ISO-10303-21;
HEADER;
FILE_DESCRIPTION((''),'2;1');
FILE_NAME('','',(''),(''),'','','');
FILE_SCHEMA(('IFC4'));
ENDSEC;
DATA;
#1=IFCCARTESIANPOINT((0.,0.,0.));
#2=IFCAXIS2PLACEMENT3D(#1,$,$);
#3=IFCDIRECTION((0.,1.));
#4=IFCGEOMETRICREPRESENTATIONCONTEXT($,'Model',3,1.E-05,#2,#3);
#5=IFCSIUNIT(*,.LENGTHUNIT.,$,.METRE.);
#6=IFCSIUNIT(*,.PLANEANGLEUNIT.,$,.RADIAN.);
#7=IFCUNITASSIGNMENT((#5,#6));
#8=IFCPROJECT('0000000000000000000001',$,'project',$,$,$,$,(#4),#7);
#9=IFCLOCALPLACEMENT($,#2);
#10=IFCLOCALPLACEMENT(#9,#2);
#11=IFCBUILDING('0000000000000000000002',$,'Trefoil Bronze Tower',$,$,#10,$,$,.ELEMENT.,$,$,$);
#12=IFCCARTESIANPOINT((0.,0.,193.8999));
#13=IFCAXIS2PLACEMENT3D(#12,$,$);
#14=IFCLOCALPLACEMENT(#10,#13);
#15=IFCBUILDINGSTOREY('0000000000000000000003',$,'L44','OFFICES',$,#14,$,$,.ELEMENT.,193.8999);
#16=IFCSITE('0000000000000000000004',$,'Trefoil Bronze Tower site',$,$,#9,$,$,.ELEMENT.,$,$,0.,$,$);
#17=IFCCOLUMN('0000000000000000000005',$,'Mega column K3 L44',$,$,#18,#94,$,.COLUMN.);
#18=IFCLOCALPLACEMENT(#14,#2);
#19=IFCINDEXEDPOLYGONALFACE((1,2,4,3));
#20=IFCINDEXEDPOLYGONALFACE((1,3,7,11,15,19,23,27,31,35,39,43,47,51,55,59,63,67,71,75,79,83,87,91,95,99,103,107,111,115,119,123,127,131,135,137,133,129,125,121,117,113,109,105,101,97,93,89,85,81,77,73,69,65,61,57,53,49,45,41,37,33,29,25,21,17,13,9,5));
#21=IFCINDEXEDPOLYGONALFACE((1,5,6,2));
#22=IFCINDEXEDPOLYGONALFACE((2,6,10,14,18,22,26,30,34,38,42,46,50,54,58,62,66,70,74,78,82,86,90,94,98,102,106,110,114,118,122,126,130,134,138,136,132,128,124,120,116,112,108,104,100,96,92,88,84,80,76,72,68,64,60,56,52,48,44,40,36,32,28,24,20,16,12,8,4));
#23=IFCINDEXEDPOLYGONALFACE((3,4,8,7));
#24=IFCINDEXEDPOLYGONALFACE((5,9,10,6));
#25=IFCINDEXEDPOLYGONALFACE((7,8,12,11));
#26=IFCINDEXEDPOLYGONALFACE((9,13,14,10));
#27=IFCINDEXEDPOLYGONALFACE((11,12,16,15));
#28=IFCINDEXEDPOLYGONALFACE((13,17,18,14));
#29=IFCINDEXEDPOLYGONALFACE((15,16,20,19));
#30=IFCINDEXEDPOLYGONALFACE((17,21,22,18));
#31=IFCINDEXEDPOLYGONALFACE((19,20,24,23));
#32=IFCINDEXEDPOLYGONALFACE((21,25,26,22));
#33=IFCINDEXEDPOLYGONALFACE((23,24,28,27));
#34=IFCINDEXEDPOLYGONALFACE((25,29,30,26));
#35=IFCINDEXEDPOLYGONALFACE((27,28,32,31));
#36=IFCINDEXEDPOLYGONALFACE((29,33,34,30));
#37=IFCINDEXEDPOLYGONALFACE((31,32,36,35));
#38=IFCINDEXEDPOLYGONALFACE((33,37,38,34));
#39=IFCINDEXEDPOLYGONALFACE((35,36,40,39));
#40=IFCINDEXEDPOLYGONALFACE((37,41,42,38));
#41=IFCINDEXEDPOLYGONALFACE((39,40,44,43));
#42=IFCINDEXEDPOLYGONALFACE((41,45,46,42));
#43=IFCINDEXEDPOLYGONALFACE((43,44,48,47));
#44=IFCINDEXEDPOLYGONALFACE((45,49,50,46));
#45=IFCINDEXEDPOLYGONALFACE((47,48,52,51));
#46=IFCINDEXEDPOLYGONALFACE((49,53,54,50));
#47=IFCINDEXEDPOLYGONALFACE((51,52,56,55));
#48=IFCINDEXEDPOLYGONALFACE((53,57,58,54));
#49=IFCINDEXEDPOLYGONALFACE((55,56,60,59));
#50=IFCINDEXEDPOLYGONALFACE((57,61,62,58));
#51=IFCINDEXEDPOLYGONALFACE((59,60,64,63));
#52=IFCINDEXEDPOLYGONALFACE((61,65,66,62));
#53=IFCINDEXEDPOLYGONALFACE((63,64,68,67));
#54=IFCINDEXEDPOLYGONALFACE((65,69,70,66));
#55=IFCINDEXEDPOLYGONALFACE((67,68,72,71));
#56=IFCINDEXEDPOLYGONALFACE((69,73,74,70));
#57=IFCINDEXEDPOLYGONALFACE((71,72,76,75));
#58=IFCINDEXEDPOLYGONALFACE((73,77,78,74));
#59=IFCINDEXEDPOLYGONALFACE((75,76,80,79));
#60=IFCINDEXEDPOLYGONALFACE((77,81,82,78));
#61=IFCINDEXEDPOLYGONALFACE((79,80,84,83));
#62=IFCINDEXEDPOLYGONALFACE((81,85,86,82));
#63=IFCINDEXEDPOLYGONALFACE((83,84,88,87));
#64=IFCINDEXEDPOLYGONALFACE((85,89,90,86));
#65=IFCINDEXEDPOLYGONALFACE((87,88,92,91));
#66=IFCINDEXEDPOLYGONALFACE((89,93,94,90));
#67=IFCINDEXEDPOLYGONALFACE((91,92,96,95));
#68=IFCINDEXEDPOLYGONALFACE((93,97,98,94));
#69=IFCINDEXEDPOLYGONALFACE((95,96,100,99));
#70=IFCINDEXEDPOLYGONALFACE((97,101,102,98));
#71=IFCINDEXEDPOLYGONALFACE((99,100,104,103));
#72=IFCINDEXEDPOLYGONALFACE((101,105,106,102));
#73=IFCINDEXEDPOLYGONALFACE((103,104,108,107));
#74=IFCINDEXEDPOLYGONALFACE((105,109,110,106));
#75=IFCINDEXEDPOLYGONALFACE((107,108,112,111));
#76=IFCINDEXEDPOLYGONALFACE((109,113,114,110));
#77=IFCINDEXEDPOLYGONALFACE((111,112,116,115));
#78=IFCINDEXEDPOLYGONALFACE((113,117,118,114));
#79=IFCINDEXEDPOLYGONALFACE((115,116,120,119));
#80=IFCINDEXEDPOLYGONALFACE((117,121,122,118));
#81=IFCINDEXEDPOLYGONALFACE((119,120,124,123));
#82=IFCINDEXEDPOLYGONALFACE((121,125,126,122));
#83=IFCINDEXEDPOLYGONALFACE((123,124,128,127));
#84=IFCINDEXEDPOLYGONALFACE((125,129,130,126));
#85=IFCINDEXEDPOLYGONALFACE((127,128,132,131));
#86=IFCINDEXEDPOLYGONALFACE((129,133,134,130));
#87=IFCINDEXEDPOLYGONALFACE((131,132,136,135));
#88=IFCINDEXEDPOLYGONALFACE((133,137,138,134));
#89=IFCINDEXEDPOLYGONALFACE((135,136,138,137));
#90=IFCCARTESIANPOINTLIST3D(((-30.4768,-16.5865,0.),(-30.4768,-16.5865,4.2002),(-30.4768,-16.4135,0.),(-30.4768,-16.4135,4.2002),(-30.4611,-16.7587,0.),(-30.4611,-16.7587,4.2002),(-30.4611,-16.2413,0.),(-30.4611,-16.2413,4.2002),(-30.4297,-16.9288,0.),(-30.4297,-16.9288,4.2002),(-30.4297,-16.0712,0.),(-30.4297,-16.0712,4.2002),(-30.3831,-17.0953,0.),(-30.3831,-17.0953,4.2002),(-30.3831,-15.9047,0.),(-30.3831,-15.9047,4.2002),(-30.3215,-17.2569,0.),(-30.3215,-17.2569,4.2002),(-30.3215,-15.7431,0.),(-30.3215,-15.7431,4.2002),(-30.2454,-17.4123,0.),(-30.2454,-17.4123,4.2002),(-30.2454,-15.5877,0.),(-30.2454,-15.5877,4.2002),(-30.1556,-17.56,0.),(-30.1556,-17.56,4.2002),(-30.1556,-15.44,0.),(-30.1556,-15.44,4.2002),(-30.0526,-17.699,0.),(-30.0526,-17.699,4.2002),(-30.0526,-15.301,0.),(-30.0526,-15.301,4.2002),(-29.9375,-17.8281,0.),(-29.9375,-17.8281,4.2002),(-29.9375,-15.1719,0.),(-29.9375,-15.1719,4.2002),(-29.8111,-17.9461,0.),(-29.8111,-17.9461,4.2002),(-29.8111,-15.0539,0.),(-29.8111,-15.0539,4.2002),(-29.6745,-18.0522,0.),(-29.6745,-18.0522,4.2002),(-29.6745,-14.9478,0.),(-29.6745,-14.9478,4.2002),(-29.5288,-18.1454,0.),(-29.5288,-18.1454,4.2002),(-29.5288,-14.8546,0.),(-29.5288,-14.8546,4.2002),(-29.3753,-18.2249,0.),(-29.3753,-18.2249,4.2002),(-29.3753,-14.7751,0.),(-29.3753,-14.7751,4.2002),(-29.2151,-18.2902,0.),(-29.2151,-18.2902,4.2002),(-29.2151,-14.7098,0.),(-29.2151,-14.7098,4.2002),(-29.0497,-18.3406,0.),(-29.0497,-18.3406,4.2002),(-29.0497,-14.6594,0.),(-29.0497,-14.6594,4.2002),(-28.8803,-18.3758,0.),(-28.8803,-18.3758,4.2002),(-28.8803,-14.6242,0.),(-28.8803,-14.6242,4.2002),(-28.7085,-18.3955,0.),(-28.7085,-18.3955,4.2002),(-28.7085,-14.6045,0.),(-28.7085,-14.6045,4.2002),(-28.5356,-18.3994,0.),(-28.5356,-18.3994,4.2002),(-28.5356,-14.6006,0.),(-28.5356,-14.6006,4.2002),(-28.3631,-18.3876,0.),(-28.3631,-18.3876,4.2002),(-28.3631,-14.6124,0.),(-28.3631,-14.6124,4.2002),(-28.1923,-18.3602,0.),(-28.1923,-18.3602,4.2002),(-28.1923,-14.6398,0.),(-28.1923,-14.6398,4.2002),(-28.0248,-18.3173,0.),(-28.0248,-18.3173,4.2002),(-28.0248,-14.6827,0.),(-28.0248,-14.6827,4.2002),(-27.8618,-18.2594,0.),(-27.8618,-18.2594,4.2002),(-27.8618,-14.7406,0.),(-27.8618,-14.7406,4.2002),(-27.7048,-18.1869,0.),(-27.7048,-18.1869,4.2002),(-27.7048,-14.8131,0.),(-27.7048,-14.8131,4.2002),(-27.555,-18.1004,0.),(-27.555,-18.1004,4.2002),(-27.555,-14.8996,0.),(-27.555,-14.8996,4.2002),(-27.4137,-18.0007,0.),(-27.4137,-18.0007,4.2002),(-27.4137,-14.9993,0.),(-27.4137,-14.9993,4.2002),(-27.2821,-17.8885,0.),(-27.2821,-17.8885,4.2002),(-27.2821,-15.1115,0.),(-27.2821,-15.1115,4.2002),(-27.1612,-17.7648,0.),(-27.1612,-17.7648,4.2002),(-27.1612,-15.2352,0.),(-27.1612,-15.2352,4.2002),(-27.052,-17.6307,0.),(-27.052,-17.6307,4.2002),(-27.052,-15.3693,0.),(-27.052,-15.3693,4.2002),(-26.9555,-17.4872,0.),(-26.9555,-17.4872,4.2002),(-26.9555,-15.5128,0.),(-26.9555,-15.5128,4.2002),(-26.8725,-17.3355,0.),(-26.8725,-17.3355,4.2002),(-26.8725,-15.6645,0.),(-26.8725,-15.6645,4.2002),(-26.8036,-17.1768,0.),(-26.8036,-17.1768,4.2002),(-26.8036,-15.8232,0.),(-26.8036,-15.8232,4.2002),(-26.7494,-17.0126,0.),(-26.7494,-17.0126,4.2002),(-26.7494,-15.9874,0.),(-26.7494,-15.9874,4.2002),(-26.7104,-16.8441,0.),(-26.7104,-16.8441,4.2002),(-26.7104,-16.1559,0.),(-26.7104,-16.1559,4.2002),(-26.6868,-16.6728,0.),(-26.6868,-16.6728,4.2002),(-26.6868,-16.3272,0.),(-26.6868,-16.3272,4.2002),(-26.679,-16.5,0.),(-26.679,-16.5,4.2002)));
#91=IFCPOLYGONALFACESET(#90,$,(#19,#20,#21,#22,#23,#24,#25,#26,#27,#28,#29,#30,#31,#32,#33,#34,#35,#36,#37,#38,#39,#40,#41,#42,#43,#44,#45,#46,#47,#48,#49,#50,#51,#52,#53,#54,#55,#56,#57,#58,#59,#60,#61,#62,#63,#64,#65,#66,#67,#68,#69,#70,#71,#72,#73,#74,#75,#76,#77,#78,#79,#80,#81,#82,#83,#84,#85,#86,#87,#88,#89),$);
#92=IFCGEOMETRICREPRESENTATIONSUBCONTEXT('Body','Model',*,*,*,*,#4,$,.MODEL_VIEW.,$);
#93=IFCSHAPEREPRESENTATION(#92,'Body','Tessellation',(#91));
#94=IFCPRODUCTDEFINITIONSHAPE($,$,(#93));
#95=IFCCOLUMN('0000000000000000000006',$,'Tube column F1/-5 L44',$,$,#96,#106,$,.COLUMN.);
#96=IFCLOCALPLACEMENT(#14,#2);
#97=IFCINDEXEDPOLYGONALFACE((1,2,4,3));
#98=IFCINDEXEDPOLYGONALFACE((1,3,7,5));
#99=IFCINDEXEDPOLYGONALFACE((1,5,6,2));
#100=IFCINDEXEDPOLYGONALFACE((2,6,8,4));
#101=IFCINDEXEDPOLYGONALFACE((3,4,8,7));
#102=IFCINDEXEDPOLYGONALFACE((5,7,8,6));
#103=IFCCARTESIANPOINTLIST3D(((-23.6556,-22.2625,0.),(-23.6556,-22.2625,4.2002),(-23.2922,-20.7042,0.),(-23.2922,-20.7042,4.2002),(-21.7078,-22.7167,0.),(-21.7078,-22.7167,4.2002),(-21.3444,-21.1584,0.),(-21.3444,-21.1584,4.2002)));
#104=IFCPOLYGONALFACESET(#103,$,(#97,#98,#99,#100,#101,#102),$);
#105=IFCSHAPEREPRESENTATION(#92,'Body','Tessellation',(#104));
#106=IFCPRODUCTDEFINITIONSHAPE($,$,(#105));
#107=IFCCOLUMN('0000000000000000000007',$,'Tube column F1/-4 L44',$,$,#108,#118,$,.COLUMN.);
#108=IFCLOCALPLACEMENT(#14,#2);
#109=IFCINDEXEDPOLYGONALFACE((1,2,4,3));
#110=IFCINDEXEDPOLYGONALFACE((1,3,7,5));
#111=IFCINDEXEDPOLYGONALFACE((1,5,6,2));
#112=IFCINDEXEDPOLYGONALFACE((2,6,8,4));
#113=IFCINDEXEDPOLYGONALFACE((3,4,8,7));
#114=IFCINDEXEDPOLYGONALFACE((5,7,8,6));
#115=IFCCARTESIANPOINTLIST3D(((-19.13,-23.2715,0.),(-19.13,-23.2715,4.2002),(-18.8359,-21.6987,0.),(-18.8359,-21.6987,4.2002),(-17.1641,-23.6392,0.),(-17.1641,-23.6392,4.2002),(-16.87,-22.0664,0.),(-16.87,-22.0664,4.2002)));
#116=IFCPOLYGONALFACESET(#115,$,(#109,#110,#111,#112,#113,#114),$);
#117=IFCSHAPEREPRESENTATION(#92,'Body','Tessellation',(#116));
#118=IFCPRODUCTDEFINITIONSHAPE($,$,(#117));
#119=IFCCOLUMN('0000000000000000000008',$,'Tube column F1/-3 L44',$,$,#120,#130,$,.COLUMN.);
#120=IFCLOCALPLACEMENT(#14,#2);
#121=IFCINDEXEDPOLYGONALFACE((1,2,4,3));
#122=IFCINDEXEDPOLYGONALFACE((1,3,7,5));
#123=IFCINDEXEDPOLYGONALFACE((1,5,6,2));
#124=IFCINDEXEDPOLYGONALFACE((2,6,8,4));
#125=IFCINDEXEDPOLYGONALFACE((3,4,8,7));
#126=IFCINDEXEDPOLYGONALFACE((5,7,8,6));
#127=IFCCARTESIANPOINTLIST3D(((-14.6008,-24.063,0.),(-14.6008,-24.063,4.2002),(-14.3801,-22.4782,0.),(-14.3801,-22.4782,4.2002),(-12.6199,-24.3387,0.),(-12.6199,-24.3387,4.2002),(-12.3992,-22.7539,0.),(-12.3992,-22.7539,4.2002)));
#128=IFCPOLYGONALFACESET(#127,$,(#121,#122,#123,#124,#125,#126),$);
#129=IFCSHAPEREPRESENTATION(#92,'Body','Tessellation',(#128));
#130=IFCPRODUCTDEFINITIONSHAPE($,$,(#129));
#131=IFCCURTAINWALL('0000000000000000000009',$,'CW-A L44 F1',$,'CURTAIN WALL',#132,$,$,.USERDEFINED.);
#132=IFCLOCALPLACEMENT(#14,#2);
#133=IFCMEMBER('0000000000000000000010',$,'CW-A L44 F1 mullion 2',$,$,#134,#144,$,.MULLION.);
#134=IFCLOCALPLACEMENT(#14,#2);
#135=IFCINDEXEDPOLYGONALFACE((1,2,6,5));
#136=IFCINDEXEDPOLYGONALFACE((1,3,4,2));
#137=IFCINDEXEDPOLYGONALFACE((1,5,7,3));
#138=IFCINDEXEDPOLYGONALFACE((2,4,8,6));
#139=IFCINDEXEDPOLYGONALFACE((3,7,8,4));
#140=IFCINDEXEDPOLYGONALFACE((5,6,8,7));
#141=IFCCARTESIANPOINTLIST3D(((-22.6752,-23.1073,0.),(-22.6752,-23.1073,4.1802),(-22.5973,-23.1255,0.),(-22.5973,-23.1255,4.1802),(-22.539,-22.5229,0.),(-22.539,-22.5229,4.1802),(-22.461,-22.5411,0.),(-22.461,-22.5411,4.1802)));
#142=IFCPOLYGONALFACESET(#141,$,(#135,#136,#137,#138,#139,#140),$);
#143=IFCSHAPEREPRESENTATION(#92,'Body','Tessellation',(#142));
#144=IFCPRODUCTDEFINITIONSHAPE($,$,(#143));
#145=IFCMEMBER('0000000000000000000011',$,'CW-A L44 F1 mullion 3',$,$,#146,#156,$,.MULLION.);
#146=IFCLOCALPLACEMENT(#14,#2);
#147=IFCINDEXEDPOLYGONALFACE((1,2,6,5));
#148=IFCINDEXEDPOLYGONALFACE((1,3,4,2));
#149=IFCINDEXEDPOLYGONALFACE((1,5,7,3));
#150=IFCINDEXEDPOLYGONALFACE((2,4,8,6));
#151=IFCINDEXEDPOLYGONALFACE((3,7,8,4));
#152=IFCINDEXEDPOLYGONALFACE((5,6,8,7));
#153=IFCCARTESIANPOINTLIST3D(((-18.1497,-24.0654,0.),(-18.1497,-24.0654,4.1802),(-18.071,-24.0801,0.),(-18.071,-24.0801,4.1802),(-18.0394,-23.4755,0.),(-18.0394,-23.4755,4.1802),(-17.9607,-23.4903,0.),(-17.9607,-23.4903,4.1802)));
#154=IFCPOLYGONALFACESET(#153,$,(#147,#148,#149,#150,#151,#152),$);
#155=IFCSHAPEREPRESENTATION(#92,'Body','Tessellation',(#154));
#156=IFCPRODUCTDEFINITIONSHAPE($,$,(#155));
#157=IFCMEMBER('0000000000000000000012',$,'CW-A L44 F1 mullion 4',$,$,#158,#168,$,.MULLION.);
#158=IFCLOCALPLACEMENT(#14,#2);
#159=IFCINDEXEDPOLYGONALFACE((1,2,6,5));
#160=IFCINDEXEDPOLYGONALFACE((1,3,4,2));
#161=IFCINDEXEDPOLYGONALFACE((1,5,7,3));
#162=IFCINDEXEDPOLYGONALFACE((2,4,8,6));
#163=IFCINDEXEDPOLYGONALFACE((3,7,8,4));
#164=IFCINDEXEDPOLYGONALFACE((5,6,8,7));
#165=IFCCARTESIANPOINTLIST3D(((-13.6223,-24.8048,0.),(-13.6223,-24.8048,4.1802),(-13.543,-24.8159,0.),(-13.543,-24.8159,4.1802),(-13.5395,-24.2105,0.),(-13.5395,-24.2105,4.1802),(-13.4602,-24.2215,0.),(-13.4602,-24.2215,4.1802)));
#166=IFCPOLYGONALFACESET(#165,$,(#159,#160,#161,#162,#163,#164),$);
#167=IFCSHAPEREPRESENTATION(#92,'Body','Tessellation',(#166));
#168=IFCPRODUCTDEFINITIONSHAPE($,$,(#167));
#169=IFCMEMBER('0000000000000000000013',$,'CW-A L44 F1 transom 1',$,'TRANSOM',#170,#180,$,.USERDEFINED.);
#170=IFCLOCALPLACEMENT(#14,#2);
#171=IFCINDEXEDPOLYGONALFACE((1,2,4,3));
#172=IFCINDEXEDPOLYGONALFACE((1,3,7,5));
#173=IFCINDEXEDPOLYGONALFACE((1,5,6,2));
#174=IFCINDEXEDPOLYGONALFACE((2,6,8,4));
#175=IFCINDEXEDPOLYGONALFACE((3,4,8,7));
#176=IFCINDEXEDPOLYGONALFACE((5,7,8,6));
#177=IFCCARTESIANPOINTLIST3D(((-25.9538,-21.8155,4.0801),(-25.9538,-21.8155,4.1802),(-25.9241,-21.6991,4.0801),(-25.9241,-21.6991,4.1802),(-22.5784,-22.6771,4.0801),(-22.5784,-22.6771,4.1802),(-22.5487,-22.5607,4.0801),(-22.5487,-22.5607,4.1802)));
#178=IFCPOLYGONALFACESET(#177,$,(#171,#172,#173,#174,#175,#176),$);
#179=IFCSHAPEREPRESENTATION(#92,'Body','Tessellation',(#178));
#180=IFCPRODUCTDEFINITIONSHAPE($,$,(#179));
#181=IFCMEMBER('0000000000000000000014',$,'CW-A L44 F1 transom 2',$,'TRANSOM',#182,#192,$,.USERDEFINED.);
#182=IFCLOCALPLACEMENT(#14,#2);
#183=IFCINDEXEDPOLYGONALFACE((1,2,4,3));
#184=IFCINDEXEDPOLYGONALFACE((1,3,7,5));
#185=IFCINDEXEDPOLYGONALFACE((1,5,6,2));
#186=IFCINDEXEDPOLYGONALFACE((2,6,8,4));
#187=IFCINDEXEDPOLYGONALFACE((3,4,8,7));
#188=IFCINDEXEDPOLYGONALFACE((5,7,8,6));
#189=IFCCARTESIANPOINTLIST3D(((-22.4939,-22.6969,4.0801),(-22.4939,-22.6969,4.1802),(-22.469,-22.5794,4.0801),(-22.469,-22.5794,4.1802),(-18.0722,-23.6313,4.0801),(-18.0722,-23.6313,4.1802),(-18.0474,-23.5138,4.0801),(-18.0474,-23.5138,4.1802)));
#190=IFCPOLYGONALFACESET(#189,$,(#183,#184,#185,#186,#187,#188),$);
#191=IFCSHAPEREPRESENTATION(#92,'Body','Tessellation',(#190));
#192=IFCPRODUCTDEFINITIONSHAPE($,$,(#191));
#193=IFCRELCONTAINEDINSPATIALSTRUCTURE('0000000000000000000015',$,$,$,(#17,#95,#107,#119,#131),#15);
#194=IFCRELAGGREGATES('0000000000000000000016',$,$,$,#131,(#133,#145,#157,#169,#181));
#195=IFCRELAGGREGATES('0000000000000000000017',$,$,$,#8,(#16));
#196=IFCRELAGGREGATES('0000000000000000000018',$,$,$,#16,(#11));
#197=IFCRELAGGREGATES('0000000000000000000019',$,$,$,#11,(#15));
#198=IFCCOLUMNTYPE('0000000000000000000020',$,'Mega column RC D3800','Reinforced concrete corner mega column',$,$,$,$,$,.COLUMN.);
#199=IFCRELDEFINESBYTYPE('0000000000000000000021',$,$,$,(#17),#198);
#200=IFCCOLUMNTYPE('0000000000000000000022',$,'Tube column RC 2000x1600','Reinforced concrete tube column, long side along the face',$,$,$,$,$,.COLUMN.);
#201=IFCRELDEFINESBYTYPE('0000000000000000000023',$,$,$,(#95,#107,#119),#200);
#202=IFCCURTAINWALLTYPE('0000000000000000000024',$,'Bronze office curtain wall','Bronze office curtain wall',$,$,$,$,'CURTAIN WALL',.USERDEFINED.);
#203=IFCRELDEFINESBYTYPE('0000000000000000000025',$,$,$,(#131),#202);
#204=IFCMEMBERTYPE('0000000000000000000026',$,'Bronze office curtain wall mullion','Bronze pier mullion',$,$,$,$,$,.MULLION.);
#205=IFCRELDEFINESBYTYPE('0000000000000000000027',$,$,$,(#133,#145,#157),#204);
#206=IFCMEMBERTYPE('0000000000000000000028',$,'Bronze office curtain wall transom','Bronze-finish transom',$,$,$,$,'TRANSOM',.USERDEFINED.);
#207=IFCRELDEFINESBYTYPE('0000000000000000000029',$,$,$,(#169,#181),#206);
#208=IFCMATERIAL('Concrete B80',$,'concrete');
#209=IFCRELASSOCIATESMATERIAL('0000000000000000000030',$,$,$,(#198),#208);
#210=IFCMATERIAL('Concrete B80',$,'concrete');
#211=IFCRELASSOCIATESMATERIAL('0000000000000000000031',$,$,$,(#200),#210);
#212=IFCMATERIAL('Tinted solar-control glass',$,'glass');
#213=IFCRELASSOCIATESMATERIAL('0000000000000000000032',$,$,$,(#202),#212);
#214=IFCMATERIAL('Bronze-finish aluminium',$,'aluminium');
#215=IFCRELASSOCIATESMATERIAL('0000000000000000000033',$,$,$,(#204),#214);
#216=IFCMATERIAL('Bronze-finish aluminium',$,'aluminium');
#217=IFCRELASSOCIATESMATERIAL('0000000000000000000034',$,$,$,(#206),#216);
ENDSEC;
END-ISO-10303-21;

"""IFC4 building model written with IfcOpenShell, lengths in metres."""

from ifc_helpers import new_model, si_unit, direction, frame, origin, origin_2d, place, context, subcontext, project, spatial, rectangle, circle, extrude, material, material_profile, profile_set, type_object, element, aggregate, save


model = new_model("IFC4")

# Units and contexts
model_context = context("Model", 3, precision=1e-05, world=origin(), true_north=direction((0.0, 1.0)))
body_context = subcontext(model_context, "Body", "Model", "MODEL_VIEW")
ifc_project = project(units=[si_unit("LENGTHUNIT", "METRE"), si_unit("PLANEANGLEUNIT", "RADIAN")], contexts=[model_context])

# Site, building, storey
site_placement = place(None, origin())
site = spatial("IfcSite", under=ifc_project, at=site_placement, Name="Trefoil Bronze Tower site", CompositionType="ELEMENT", RefElevation=0.0)
building_placement = place(site_placement, origin())
building = spatial("IfcBuilding", under=site, at=building_placement, Name="Trefoil Bronze Tower", CompositionType="ELEMENT")
storey_placement = place(building_placement, frame((0.0, 0.0, 193.8999)))
storey = spatial("IfcBuildingStorey", under=building, at=storey_placement, Name="L44", Description="OFFICES", CompositionType="ELEMENT", Elevation=193.8999)

# Columns
ifc_material_1 = material(Name="Concrete B80", Category="concrete")
ifc_material_profile_1 = material_profile(ifc_material_1, circle(Radius=1.8999, at=origin_2d()), Name="RC D3800")
ifc_profile_set_1 = profile_set([ifc_material_profile_1], Name="Concrete B80")
column_type_1 = type_object("IfcColumnType", Name="Mega column RC D3800", Description="Reinforced concrete corner mega column", PredefinedType="COLUMN", material=ifc_profile_set_1)
column_placement = place(storey_placement, frame((-28.5789, -16.5, 0.0), z_axis=(0.0, 0.0, 1.0), x_axis=(1.0, 0.0, 0.0)))
element("IfcColumn", 1, at=column_placement, inside=storey, type_object=column_type_1, Name="Mega column K3 L44", PredefinedType="COLUMN", context=body_context, shape_type="SweptSolid", body=[
    extrude(circle(Radius=1.8999, at=origin_2d()), origin(), (0.0, 0.0, 1.0), 4.2002),
])
ifc_material_2 = material(Name="Concrete B80", Category="concrete")
ifc_material_profile_2 = material_profile(ifc_material_2, rectangle(XDim=2.0, YDim=1.6001, at=origin_2d()), Name="RC 2000x1600")
ifc_profile_set_2 = profile_set([ifc_material_profile_2], Name="Concrete B80")
column_type_2 = type_object("IfcColumnType", Name="Tube column RC 2000x1600", Description="Reinforced concrete tube column, long side along the face", PredefinedType="COLUMN", material=ifc_profile_set_2)
for number, where, z_axis, x_axis, name in (
    (2, (-22.5, -21.7104, 0.0), (0.0, 0.0, 1.0), (0.973875, -0.227083, 0.0), "Tube column F1/-5 L44"),
    (3, (-18.0, -22.6689, 0.0), (0.0, 0.0, 1.0), (0.982959, -0.183825, 0.0), "Tube column F1/-4 L44"),
    (4, (-13.5, -23.4084, 0.0), (0.0, 0.0, 1.0), (0.990451, -0.137868, 0.0), "Tube column F1/-3 L44"),
):
    element("IfcColumn", number, at=place(storey_placement, frame(where, z_axis=z_axis, x_axis=x_axis)), inside=storey, type_object=column_type_2, Name=name, PredefinedType="COLUMN", context=body_context, shape_type="SweptSolid", body=[
        extrude(rectangle(XDim=2.0, YDim=1.6001, at=origin_2d()), origin(), (0.0, 0.0, 1.0), 4.2002),
    ])

# Curtain wall, members
ifc_material_3 = material(Name="Tinted solar-control glass", Category="glass")
curtain_wall_type_1 = type_object("IfcCurtainWallType", Name="Bronze office curtain wall", Description="Bronze office curtain wall", ElementType="CURTAIN WALL", PredefinedType="USERDEFINED", material=ifc_material_3)
curtain_wall_1_placement = place(storey_placement, origin())
curtain_wall_1 = element("IfcCurtainWall", 5, at=curtain_wall_1_placement, inside=storey, type_object=curtain_wall_type_1, Name="CW-A L44 F1", ObjectType="CURTAIN WALL", PredefinedType="USERDEFINED")
ifc_material_4 = material(Name="Bronze-finish aluminium", Category="aluminium")
ifc_material_profile_3 = material_profile(ifc_material_4, rectangle(XDim=0.6001, YDim=0.0801, at=origin_2d()), Name="CW-A mullion")
ifc_profile_set_3 = profile_set([ifc_material_profile_3], Name="Bronze-finish aluminium")
member_type_1 = type_object("IfcMemberType", Name="Bronze office curtain wall mullion", Description="Bronze pier mullion", PredefinedType="MULLION", material=ifc_profile_set_3)
member_1_placement = place(storey_placement, frame((-22.5681, -22.8242, 0.0), z_axis=(0.0, 0.0, 1.0), x_axis=(0.227083, 0.973875, 0.0)))
member_1 = element("IfcMember", 6, at=member_1_placement, type_object=member_type_1, Name="CW-A L44 F1 mullion 2", PredefinedType="MULLION", context=body_context, shape_type="SweptSolid", body=[
    extrude(rectangle(XDim=0.6001, YDim=0.0801, at=origin_2d()), origin(), (0.0, 0.0, 1.0), 4.1802),
])
member_2_placement = place(storey_placement, frame((-18.0552, -23.7778, 0.0), z_axis=(0.0, 0.0, 1.0), x_axis=(0.183825, 0.982959, 0.0)))
member_2 = element("IfcMember", 7, at=member_2_placement, type_object=member_type_1, Name="CW-A L44 F1 mullion 3", PredefinedType="MULLION", context=body_context, shape_type="SweptSolid", body=[
    extrude(rectangle(XDim=0.6001, YDim=0.0801, at=origin_2d()), origin(), (0.0, 0.0, 1.0), 4.1802),
])
member_3_placement = place(storey_placement, frame((-13.5413, -24.5132, 0.0), z_axis=(0.0, 0.0, 1.0), x_axis=(0.137868, 0.990451, 0.0)))
member_3 = element("IfcMember", 8, at=member_3_placement, type_object=member_type_1, Name="CW-A L44 F1 mullion 4", PredefinedType="MULLION", context=body_context, shape_type="SweptSolid", body=[
    extrude(rectangle(XDim=0.6001, YDim=0.0801, at=origin_2d()), origin(), (0.0, 0.0, 1.0), 4.1802),
])
ifc_material_5 = material(Name="Bronze-finish aluminium", Category="aluminium")
ifc_material_profile_4 = material_profile(ifc_material_5, rectangle(XDim=0.1201, YDim=0.1001, at=origin_2d()), Name="CW-A transom")
ifc_profile_set_4 = profile_set([ifc_material_profile_4], Name="Bronze-finish aluminium")
member_type_2 = type_object("IfcMemberType", Name="Bronze office curtain wall transom", Description="Bronze-finish transom", ElementType="TRANSOM", PredefinedType="USERDEFINED", material=ifc_profile_set_4)
member_4_placement = place(storey_placement, frame((-25.939, -21.7573, 4.1301), z_axis=(0.968935, -0.247315, 0.0), x_axis=(0.247315, 0.968935, 0.0)))
member_4 = element("IfcMember", 9, at=member_4_placement, type_object=member_type_2, Name="CW-A L44 F1 transom 1", ObjectType="TRANSOM", PredefinedType="USERDEFINED", context=body_context, shape_type="SweptSolid", body=[
    extrude(rectangle(XDim=0.1201, YDim=0.1001, at=origin_2d()), origin(), (0.0, 0.0, 1.0), 3.4836),
])
member_5_placement = place(storey_placement, frame((-22.4814, -22.6382, 4.1301), z_axis=(0.978395, -0.206743, 0.0), x_axis=(0.206743, 0.978395, 0.0)))
member_5 = element("IfcMember", 10, at=member_5_placement, type_object=member_type_2, Name="CW-A L44 F1 transom 2", ObjectType="TRANSOM", PredefinedType="USERDEFINED", context=body_context, shape_type="SweptSolid", body=[
    extrude(rectangle(XDim=0.1201, YDim=0.1001, at=origin_2d()), origin(), (0.0, 0.0, 1.0), 4.5193),
])

aggregate(curtain_wall_1, [member_1, member_2, member_3, member_4, member_5])

save(model, "model.ifc")
